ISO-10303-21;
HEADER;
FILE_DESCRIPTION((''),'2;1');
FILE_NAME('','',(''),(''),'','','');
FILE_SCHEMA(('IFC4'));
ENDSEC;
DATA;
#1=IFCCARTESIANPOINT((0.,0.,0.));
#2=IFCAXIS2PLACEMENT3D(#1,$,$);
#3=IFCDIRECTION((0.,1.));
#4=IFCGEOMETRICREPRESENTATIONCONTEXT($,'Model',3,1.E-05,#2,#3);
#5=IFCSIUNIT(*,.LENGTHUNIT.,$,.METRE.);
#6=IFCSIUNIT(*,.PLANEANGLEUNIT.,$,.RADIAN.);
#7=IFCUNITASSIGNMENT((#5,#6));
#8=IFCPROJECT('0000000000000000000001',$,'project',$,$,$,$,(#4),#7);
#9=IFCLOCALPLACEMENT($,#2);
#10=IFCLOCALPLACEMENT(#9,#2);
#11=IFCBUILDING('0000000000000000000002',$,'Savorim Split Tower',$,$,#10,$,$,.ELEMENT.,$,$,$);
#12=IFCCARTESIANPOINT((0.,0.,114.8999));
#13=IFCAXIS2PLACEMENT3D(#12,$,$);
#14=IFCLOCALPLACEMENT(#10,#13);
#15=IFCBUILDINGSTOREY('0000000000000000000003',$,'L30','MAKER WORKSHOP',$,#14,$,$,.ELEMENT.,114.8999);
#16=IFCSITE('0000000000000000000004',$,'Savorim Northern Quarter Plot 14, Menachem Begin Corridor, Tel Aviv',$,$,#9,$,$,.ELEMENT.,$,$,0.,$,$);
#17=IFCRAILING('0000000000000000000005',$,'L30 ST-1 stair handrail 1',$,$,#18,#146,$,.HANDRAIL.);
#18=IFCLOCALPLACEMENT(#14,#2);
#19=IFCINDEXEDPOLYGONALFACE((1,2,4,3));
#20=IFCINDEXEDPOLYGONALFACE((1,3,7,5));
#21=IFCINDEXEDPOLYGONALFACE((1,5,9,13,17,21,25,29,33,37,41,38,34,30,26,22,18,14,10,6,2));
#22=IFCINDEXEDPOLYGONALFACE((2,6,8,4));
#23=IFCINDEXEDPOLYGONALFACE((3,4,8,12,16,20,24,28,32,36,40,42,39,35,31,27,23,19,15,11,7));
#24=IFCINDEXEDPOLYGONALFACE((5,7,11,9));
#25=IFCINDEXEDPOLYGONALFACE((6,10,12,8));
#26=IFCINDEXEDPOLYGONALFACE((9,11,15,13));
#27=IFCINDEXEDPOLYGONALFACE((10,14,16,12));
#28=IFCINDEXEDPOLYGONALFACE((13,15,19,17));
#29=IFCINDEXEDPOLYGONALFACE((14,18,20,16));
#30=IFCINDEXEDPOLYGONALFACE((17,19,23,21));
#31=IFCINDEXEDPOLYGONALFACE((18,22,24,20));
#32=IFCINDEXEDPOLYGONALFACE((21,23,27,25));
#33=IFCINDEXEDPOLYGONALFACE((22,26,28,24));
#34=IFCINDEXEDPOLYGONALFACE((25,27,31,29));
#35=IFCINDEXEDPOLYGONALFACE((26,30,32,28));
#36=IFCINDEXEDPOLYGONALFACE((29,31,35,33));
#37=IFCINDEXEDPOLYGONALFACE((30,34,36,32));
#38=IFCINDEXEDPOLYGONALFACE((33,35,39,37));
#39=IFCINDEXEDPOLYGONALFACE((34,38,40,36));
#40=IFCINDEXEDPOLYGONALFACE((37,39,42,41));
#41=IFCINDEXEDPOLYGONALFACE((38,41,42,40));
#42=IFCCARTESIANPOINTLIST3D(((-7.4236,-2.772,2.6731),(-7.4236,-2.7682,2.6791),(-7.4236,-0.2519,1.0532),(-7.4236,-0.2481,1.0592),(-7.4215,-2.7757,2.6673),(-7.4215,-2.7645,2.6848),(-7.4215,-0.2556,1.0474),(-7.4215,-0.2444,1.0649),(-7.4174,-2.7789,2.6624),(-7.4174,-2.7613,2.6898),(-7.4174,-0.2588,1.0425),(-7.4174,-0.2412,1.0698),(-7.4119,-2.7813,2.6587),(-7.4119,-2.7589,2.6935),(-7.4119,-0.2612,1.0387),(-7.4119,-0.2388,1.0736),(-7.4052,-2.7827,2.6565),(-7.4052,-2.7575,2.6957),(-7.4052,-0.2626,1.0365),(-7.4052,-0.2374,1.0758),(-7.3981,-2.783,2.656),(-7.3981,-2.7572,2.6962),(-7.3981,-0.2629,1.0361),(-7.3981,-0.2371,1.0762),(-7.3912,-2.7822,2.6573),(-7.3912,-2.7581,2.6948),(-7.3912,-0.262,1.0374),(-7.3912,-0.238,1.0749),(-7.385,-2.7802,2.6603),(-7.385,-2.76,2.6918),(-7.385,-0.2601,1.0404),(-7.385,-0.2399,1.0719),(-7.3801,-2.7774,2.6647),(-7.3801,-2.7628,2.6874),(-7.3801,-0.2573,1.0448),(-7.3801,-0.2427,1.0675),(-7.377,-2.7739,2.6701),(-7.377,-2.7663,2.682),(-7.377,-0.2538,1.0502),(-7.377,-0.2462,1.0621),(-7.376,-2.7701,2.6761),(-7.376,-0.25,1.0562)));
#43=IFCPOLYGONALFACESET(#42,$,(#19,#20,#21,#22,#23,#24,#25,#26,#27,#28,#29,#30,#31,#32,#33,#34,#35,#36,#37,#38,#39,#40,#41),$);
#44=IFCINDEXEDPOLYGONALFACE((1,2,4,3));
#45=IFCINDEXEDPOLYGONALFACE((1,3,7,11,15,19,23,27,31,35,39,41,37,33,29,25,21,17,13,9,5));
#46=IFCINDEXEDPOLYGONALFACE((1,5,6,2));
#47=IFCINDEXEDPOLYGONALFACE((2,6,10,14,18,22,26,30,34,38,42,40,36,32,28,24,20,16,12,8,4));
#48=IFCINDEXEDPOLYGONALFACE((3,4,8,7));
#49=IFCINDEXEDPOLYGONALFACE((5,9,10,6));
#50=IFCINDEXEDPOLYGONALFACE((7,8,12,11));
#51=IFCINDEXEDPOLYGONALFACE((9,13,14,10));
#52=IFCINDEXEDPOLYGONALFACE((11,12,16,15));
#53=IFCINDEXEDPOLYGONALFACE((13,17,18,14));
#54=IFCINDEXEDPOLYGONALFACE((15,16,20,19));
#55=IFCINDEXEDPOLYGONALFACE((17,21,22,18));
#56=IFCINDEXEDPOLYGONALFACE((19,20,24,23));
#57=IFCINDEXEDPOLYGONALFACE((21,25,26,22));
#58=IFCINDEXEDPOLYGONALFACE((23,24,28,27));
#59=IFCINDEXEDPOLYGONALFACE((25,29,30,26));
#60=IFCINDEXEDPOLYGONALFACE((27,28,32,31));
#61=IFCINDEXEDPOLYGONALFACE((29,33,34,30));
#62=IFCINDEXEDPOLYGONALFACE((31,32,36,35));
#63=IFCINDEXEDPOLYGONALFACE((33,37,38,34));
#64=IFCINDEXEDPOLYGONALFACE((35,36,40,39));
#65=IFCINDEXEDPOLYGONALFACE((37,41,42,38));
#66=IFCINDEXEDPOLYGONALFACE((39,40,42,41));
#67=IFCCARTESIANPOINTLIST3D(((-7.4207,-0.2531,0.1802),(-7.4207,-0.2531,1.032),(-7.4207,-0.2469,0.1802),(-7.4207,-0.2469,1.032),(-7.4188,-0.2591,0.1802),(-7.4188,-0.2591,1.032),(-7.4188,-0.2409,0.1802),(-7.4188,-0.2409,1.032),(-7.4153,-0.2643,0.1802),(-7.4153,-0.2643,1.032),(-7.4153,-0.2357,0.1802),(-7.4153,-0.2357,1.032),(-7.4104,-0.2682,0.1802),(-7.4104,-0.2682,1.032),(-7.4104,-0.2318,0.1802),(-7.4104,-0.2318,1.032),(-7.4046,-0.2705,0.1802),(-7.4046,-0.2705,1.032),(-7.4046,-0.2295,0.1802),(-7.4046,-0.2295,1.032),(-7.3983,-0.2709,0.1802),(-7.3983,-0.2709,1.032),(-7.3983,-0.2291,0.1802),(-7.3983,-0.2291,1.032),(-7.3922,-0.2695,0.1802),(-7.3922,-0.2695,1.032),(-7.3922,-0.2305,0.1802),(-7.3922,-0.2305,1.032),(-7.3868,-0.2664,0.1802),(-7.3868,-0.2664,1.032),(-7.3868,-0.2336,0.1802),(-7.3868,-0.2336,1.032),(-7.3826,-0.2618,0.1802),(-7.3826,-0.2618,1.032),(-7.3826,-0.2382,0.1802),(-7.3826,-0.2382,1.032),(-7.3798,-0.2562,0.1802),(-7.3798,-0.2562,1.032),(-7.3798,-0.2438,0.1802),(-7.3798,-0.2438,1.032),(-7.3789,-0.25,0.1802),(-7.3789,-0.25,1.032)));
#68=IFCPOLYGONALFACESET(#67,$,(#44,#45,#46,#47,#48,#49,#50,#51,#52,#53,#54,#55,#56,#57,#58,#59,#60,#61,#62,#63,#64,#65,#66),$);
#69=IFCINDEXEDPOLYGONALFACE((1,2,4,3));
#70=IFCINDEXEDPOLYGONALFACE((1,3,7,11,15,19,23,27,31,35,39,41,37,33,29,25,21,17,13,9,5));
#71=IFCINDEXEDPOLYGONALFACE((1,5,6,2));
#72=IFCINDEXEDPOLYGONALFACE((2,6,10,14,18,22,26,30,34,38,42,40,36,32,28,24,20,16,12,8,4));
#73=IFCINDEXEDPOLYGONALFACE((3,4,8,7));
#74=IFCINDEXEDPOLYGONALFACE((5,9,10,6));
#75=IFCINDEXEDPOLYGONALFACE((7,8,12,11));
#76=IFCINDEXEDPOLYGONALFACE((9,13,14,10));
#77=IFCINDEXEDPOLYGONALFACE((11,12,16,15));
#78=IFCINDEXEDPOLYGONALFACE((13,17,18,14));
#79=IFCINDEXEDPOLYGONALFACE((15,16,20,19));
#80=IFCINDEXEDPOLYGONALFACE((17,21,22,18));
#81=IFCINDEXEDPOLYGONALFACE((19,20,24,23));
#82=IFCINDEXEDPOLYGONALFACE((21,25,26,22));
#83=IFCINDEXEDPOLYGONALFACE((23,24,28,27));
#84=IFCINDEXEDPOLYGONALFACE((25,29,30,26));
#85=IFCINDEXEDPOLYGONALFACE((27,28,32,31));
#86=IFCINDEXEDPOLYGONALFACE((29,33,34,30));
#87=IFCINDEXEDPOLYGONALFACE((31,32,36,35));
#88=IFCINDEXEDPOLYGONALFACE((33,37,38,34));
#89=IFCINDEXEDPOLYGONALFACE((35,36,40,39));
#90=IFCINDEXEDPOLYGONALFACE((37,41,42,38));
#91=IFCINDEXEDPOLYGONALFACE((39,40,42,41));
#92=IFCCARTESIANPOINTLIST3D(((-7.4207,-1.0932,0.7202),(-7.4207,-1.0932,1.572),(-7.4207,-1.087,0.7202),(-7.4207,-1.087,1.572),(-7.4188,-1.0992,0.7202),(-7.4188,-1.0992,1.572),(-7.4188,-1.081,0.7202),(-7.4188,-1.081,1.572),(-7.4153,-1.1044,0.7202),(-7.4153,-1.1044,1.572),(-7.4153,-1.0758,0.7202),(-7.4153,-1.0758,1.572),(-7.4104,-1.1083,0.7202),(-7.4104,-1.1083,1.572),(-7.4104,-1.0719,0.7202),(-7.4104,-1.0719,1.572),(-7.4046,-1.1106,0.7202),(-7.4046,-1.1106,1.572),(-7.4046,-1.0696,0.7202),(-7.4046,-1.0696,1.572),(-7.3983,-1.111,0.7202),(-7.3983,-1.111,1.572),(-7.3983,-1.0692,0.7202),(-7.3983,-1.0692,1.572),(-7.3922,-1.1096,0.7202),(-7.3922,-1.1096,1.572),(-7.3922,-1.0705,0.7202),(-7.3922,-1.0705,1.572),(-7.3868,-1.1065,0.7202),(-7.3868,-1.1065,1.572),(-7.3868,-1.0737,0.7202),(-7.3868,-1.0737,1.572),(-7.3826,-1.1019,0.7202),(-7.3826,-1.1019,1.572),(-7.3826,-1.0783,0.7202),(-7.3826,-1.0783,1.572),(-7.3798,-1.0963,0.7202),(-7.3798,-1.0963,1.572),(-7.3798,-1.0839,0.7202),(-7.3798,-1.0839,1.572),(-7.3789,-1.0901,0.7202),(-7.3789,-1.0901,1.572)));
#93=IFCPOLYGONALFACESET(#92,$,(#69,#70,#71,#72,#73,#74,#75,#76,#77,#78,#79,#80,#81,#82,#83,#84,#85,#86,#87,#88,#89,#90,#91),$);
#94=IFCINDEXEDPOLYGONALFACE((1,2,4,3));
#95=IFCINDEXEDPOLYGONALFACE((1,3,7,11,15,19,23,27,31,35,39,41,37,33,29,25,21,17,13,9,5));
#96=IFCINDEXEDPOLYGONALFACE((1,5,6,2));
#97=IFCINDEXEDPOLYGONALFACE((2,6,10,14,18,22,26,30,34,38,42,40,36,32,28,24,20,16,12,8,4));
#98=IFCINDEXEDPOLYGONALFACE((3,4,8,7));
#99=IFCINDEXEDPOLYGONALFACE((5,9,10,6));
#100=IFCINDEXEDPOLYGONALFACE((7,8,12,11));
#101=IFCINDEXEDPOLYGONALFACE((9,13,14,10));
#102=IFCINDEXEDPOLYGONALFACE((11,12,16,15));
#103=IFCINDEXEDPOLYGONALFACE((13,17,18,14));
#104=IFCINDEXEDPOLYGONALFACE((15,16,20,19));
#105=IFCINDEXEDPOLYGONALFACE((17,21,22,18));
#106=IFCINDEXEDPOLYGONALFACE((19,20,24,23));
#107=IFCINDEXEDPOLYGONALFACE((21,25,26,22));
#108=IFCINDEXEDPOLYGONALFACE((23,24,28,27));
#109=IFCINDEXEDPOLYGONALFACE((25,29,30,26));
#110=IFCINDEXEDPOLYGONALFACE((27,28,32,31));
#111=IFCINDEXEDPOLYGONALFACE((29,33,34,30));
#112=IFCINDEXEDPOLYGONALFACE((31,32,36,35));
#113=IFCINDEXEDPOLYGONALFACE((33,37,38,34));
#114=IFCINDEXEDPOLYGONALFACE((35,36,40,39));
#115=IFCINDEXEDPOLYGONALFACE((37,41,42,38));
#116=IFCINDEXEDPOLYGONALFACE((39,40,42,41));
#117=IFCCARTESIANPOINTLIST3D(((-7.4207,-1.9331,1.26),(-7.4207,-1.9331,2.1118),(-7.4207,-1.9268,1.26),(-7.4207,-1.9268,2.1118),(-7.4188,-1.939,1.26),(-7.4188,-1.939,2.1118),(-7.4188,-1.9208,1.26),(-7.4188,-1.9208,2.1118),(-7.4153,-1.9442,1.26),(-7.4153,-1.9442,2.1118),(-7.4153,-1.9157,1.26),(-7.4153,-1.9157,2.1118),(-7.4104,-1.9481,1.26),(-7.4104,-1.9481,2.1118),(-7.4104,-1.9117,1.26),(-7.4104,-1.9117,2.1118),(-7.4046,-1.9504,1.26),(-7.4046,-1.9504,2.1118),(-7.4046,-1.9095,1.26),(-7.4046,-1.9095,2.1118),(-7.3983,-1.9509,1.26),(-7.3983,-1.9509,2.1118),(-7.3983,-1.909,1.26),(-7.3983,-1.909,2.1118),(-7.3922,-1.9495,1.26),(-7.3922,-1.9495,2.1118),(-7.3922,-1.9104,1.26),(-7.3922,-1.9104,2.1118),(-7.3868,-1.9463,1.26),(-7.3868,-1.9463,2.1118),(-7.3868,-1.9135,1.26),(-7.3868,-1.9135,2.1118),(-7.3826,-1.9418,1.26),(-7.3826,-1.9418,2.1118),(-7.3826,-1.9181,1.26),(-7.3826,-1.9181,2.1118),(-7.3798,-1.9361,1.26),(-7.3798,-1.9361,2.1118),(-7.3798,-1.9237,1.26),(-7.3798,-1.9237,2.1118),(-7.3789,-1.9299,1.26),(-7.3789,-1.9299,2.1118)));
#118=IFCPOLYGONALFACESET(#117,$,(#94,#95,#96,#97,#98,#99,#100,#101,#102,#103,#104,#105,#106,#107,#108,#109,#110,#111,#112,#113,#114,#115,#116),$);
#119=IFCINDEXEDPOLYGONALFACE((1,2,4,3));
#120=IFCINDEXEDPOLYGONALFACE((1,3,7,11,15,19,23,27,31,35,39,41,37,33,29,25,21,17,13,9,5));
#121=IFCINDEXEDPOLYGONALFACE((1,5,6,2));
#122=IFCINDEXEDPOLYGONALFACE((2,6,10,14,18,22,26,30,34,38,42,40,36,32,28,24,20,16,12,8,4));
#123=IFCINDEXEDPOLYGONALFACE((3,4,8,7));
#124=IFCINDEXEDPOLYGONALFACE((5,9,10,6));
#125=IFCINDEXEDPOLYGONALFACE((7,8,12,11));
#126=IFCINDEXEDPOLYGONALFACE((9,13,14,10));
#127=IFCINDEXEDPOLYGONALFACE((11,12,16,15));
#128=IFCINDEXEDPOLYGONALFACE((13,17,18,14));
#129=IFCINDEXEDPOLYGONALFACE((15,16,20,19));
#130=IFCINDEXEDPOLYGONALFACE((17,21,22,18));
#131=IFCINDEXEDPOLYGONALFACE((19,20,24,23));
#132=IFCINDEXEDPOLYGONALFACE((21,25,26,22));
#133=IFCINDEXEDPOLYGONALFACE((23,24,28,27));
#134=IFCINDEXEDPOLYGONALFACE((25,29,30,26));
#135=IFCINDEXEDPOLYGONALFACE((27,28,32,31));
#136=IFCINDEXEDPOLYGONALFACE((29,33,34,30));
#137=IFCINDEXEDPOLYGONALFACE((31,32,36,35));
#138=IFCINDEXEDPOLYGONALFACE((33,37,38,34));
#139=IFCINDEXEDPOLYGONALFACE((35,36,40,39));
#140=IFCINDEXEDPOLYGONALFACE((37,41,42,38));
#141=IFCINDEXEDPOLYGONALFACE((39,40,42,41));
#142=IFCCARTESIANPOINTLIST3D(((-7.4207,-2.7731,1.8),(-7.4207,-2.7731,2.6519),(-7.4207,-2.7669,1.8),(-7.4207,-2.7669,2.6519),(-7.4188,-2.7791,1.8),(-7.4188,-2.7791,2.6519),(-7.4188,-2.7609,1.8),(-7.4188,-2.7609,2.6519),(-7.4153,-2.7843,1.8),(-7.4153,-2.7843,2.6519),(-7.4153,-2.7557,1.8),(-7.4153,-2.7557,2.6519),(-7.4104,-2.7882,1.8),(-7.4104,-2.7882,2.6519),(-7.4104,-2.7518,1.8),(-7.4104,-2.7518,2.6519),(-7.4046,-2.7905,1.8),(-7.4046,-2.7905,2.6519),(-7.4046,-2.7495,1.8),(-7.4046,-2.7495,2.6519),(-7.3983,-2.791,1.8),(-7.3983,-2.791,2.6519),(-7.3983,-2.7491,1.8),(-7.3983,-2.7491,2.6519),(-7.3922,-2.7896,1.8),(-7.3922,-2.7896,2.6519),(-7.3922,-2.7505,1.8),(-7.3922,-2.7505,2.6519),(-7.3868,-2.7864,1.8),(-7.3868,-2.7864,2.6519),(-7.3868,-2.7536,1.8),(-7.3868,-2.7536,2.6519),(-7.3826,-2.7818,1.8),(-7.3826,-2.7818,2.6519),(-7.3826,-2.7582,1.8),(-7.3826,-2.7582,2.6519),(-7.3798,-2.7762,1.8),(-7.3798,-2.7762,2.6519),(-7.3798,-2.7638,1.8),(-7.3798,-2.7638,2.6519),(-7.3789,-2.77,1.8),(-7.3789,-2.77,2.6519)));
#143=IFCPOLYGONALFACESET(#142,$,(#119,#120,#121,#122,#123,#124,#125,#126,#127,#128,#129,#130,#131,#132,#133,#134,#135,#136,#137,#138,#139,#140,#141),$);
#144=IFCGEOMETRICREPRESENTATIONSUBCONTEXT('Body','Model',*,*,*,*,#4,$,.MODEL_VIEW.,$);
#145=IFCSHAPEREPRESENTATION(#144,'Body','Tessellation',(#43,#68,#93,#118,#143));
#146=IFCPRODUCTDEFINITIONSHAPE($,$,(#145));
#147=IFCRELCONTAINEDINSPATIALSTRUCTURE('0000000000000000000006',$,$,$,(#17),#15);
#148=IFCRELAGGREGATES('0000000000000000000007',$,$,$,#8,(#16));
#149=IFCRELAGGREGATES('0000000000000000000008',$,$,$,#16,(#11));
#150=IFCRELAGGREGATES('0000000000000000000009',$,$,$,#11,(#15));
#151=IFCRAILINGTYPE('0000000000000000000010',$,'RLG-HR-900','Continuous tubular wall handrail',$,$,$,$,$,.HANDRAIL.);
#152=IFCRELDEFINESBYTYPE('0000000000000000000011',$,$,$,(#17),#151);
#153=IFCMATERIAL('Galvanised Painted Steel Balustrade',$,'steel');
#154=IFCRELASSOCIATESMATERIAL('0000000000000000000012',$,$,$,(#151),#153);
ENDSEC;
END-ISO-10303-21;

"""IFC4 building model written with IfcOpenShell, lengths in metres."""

from ifc_helpers import new_model, si_unit, direction, frame, origin, origin_2d, place, context, subcontext, project, spatial, circle, extrude, material, type_object, element, save


model = new_model("IFC4")

# Units and contexts
model_context = context("Model", 3, precision=1e-05, world=origin(), true_north=direction((0.0, 1.0)))
body_context = subcontext(model_context, "Body", "Model", "MODEL_VIEW")
ifc_project = project(units=[si_unit("LENGTHUNIT", "METRE"), si_unit("PLANEANGLEUNIT", "RADIAN")], contexts=[model_context])

# Site, building, storey
site_placement = place(None, origin())
site = spatial("IfcSite", under=ifc_project, at=site_placement, Name="Savorim Northern Quarter Plot 14, Menachem Begin Corridor, Tel Aviv", CompositionType="ELEMENT", RefElevation=0.0)
building_placement = place(site_placement, origin())
building = spatial("IfcBuilding", under=site, at=building_placement, Name="Savorim Split Tower", CompositionType="ELEMENT")
storey_placement = place(building_placement, frame((0.0, 0.0, 114.8999)))
storey = spatial("IfcBuildingStorey", under=building, at=storey_placement, Name="L30", Description="MAKER WORKSHOP", CompositionType="ELEMENT", Elevation=114.8999)

# Railing
ifc_material_1 = material(Name="Galvanised Painted Steel Balustrade", Category="steel")
railing_type_1 = type_object("IfcRailingType", Name="RLG-HR-900", Description="Continuous tubular wall handrail", PredefinedType="HANDRAIL", material=ifc_material_1)
railing_1_placement = place(storey_placement, frame((-7.3999, -0.25, 0.1802)))
element("IfcRailing", 1, at=railing_1_placement, inside=storey, type_object=railing_type_1, Name="L30 ST-1 stair handrail 1", PredefinedType="HANDRAIL", context=body_context, shape_type="SweptSolid", body=[
    extrude(circle(Radius=0.0239, at=origin_2d()), frame((0.0, 0.0, 0.876), z_axis=(0.0, -0.8412, 0.540725), x_axis=(1.0, 0.0, 0.0)), (0.0, 0.0, 1.0), 2.9958),
    extrude(circle(Radius=0.021, at=origin_2d()), origin(), (0.0, 0.0, 1.0), 0.8518),
    extrude(circle(Radius=0.021, at=origin_2d()), frame((0.0, -0.8401, 0.54)), (0.0, 0.0, 1.0), 0.8518),
    extrude(circle(Radius=0.021, at=origin_2d()), frame((0.0, -1.6799, 1.0798)), (0.0, 0.0, 1.0), 0.8518),
    extrude(circle(Radius=0.021, at=origin_2d()), frame((0.0, -2.52, 1.6199)), (0.0, 0.0, 1.0), 0.8518),
])

save(model, "model.ifc")
